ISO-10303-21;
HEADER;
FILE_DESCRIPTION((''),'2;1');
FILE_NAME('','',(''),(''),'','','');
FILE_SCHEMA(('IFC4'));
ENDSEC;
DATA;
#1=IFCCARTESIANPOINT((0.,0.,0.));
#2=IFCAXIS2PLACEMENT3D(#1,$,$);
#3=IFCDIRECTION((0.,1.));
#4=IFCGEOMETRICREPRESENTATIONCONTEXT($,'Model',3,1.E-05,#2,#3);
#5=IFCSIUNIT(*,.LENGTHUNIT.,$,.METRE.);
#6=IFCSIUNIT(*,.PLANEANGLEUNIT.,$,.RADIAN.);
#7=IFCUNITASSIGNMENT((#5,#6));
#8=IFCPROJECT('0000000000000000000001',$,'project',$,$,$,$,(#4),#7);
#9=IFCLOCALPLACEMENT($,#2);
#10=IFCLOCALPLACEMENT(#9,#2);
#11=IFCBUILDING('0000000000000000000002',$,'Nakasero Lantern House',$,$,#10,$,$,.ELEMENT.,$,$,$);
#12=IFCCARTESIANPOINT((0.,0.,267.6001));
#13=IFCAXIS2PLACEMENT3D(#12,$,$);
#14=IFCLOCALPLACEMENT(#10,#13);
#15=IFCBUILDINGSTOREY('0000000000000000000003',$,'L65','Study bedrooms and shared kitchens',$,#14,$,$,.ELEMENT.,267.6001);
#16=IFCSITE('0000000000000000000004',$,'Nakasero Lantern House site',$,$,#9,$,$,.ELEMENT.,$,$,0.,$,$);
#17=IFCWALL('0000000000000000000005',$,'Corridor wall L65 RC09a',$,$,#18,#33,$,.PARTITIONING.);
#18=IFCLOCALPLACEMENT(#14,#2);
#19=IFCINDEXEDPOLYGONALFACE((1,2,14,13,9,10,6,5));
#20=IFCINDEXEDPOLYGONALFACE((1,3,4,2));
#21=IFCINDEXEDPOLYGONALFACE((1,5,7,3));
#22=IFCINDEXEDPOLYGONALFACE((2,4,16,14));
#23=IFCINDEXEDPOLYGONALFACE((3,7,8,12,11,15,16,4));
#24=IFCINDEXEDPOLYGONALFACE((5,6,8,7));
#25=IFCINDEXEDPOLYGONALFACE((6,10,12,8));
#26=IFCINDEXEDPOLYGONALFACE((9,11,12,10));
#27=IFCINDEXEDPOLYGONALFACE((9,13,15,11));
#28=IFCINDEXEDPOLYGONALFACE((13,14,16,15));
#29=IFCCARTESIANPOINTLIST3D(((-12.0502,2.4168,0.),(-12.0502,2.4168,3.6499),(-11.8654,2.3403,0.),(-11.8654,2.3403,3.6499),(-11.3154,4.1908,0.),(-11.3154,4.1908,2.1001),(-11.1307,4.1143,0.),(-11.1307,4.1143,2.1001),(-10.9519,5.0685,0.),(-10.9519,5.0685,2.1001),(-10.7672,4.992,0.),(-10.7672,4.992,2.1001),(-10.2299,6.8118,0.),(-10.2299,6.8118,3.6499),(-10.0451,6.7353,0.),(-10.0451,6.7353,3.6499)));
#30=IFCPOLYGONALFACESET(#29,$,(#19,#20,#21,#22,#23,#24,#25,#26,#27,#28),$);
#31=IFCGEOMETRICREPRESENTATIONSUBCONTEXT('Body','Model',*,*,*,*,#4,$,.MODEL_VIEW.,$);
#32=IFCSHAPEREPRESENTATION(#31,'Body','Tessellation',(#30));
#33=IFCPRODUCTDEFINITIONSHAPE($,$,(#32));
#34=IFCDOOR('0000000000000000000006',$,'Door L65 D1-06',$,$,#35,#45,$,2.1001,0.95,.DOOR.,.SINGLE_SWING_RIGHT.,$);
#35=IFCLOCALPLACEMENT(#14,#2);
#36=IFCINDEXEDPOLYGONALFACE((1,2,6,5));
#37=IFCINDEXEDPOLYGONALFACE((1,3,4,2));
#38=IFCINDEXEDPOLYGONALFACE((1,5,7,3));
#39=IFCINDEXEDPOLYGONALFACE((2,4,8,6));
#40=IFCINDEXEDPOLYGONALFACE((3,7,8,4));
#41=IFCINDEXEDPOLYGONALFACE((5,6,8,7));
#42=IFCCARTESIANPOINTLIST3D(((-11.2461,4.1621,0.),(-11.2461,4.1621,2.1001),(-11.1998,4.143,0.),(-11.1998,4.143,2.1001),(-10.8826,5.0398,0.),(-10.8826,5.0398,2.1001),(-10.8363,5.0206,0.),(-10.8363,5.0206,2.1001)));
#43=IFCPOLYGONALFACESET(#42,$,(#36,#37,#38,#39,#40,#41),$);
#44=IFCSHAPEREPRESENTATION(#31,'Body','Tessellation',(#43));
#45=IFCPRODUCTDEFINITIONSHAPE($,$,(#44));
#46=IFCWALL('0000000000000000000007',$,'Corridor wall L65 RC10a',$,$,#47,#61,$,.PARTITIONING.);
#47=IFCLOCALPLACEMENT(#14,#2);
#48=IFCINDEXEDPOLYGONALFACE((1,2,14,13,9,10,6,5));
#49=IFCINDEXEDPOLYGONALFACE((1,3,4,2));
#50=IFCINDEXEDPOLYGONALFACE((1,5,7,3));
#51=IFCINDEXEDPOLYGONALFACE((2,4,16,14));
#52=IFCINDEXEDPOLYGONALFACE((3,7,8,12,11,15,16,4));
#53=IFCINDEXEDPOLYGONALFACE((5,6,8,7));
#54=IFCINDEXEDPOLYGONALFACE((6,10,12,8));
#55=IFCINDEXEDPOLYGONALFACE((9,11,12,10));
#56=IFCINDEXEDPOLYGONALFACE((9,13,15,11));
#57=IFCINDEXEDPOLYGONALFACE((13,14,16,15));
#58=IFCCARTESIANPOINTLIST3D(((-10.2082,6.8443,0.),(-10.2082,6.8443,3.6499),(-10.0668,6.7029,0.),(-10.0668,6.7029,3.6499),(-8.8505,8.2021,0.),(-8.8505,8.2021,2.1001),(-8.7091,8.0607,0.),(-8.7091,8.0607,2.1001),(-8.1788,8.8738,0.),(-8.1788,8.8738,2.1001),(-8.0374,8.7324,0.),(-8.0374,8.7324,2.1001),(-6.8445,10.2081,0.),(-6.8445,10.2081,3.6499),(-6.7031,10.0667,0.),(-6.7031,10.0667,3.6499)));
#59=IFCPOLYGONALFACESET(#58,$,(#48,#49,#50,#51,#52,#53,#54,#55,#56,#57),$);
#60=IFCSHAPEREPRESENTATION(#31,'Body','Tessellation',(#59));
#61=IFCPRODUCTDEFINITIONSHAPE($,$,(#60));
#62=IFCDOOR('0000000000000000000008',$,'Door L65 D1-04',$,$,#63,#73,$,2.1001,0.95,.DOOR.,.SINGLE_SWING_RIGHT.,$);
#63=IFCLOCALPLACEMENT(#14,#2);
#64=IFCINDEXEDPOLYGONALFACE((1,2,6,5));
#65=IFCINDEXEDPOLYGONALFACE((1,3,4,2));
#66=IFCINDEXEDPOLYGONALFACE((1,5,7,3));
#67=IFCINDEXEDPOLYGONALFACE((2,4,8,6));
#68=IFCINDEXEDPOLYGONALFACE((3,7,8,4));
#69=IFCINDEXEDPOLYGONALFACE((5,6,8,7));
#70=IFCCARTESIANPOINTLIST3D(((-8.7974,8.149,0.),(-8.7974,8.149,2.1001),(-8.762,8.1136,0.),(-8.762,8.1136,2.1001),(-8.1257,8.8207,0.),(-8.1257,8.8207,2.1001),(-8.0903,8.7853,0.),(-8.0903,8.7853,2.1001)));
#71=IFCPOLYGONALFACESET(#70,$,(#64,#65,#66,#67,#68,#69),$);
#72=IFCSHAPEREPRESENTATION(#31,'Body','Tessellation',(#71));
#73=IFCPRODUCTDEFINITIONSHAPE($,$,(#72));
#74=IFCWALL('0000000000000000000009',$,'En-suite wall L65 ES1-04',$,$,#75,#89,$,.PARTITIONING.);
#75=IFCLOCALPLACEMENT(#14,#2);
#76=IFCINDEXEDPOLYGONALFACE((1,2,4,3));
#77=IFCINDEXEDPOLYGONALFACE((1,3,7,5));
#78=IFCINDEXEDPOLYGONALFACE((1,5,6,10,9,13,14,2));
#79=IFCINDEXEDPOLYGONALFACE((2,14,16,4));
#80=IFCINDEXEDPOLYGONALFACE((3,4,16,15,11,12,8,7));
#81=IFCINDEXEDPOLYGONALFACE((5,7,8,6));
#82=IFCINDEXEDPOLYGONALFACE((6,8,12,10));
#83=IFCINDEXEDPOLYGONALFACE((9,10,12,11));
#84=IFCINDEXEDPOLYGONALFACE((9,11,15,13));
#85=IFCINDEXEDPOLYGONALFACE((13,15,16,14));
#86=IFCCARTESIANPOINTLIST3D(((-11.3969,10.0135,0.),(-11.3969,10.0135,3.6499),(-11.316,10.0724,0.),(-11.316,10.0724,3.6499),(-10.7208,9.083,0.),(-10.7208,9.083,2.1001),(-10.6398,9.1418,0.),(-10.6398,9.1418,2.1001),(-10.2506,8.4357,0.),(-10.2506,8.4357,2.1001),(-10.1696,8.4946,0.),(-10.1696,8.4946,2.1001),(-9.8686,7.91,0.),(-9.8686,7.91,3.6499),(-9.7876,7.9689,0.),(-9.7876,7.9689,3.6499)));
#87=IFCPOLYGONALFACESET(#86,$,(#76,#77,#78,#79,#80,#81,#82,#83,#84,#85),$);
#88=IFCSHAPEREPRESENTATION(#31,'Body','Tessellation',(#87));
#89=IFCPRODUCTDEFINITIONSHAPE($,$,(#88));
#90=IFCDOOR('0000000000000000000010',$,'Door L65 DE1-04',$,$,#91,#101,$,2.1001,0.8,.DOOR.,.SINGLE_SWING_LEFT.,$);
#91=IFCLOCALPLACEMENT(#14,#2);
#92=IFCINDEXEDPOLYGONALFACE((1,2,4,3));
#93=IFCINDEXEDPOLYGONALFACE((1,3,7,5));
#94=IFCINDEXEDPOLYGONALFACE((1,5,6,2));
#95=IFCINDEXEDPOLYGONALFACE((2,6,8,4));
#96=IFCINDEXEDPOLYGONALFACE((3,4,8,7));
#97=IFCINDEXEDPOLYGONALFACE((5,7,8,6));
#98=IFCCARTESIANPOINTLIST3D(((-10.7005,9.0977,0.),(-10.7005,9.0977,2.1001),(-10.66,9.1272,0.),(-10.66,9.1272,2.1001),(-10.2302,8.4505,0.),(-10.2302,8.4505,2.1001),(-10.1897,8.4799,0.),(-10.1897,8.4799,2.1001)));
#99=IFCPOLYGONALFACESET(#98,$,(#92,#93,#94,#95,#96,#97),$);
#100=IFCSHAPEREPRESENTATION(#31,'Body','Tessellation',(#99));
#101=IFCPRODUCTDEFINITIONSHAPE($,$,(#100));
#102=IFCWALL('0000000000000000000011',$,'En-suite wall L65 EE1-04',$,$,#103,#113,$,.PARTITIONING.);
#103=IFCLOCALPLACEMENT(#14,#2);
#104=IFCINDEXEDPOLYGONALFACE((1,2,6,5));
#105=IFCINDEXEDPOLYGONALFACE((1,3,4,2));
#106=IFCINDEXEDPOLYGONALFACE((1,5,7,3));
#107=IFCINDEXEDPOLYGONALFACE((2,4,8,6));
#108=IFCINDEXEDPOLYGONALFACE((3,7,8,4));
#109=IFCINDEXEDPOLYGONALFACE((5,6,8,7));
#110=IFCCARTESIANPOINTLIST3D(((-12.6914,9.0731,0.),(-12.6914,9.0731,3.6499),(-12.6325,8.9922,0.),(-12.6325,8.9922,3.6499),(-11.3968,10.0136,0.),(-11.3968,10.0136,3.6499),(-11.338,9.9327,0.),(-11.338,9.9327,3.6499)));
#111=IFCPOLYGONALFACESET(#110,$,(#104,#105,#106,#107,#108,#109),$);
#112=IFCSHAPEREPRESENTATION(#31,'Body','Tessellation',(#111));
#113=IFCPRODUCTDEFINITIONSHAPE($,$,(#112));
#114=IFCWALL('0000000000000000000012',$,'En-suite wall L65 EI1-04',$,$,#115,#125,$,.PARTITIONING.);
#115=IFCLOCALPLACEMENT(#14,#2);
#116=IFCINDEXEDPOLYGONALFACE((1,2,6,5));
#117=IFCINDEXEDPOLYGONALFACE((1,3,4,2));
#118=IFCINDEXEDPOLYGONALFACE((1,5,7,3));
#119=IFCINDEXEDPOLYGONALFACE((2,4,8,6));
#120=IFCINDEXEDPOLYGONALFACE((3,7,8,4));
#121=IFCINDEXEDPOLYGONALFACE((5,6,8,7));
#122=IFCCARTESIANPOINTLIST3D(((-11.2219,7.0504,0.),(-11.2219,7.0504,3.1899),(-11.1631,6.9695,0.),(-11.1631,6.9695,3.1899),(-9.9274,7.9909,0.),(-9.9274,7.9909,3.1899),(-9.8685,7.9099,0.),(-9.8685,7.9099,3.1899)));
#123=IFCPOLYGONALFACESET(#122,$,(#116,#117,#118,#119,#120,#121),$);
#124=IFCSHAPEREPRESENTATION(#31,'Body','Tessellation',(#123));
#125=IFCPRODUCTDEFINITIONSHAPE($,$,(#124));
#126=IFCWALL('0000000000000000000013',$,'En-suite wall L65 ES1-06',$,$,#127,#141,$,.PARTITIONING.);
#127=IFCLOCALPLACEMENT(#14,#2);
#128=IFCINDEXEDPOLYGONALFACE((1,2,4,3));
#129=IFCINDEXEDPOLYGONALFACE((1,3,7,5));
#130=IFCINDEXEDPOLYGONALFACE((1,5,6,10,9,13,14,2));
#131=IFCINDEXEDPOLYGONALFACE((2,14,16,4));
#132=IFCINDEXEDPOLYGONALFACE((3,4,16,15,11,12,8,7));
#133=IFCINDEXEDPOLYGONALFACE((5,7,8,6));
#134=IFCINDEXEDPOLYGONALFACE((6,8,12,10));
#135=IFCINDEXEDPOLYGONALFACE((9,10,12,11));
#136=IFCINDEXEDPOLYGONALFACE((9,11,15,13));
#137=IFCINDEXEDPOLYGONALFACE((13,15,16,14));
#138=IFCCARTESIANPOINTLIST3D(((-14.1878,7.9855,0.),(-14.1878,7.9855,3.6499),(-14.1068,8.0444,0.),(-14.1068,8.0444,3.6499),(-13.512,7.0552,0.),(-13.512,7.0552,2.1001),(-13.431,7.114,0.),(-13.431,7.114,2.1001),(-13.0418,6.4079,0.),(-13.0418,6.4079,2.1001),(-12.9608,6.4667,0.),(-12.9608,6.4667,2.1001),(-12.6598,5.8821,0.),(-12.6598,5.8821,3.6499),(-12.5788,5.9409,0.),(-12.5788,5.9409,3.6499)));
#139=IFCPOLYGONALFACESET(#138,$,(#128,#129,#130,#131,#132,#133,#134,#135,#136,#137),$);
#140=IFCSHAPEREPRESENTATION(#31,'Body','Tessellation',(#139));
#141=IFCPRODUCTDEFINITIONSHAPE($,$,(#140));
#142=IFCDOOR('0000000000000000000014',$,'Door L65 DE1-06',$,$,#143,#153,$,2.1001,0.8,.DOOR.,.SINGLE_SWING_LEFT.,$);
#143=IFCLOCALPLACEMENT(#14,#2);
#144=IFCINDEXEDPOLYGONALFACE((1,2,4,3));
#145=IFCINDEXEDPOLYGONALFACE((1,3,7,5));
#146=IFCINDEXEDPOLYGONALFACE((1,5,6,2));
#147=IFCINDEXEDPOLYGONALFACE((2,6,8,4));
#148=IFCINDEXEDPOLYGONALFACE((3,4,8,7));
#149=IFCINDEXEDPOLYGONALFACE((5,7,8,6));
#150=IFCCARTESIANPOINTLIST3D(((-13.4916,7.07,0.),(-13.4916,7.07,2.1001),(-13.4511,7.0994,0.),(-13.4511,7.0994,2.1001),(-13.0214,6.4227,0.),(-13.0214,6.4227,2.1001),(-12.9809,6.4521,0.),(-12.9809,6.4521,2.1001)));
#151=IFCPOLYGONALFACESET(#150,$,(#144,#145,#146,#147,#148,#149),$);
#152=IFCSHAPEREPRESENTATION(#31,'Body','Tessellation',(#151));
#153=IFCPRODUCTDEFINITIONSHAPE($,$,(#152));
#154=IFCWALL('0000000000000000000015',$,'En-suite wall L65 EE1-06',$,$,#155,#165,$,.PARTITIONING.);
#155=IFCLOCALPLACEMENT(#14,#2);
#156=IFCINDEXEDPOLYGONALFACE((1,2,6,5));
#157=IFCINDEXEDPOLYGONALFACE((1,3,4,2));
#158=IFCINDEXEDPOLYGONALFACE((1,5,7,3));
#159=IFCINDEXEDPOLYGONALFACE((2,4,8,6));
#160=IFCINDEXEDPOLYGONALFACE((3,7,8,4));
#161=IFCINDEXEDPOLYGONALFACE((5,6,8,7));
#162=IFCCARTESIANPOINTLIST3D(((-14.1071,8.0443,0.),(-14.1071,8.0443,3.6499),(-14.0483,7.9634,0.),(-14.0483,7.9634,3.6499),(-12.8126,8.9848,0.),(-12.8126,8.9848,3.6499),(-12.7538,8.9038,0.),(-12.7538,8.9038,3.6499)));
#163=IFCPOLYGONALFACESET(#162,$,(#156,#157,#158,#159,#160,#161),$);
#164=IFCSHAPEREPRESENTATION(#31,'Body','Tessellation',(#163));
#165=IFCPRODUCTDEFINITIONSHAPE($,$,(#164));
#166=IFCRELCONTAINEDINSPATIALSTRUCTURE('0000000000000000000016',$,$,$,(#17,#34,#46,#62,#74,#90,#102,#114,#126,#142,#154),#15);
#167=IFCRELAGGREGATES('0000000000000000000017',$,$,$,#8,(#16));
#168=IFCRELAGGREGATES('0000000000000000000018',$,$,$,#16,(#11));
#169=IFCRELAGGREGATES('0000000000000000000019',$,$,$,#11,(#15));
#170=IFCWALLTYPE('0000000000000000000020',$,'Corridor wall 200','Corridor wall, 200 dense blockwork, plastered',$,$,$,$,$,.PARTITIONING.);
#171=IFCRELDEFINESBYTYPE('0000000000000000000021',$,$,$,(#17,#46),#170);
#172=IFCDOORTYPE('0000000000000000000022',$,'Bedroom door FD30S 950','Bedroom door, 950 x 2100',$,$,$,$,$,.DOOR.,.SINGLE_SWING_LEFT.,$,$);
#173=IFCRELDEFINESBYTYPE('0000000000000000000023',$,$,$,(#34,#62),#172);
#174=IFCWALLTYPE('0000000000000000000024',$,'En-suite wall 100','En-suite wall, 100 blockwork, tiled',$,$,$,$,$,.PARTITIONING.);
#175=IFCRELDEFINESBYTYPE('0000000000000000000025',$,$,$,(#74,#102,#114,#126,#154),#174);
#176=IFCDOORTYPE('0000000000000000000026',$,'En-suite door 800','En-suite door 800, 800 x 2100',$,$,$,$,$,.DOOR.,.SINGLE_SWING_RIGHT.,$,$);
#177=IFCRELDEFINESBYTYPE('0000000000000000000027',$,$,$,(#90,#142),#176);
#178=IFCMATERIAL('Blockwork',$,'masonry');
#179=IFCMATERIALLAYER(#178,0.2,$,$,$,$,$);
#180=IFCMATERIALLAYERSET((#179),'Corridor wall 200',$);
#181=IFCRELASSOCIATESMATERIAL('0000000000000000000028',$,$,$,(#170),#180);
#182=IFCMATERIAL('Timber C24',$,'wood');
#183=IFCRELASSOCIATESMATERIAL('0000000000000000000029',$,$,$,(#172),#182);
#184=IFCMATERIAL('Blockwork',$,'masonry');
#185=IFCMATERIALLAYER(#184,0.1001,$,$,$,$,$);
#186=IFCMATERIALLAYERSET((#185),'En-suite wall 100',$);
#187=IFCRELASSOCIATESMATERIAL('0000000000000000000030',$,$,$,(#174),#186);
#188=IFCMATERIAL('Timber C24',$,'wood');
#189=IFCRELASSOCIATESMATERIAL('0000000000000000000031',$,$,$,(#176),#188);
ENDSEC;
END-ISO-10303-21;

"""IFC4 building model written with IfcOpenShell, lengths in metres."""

from ifc_helpers import new_model, si_unit, direction, frame, frame_2d, origin, place, context, subcontext, project, spatial, rectangle, extrude, material, layer, layer_set, type_object, element, fill, save


model = new_model("IFC4")

# Units and contexts
model_context = context("Model", 3, precision=1e-05, world=origin(), true_north=direction((0.0, 1.0)))
body_context = subcontext(model_context, "Body", "Model", "MODEL_VIEW")
ifc_project = project(units=[si_unit("LENGTHUNIT", "METRE"), si_unit("PLANEANGLEUNIT", "RADIAN")], contexts=[model_context])

# Site, building, storey
site_placement = place(None, origin())
site = spatial("IfcSite", under=ifc_project, at=site_placement, Name="Nakasero Lantern House site", CompositionType="ELEMENT", RefElevation=0.0)
building_placement = place(site_placement, origin())
building = spatial("IfcBuilding", under=site, at=building_placement, Name="Nakasero Lantern House", CompositionType="ELEMENT")
storey_placement = place(building_placement, frame((0.0, 0.0, 267.6001)))
storey = spatial("IfcBuildingStorey", under=building, at=storey_placement, Name="L65", Description="Study bedrooms and shared kitchens", CompositionType="ELEMENT", Elevation=267.6001)

# Walls, openings, doors
ifc_material_1 = material(Name="Blockwork", Category="masonry")
ifc_layer_1 = layer(ifc_material_1, 0.2)
ifc_layer_set_1 = layer_set([ifc_layer_1], Name="Corridor wall 200")
wall_type_1 = type_object("IfcWallType", Name="Corridor wall 200", Description="Corridor wall, 200 dense blockwork, plastered", PredefinedType="PARTITIONING", material=ifc_layer_set_1)
wall_1_placement = place(storey_placement, frame((-11.9578, 2.3787, 0.0), z_axis=(0.0, 0.0, 1.0), x_axis=(0.382654, 0.923892, 0.0)))
wall_1 = element("IfcWall", 1, at=wall_1_placement, inside=storey, type_object=wall_type_1, Name="Corridor wall L65 RC09a", PredefinedType="PARTITIONING", context=body_context, shape_type="SweptSolid", body=[
    extrude(rectangle(XDim=4.7571, YDim=0.2, at=frame_2d((2.3784, 0.0))), origin(), (0.0, 0.0, 1.0), 3.6499),
])
opening_1_placement = place(wall_1_placement, frame((1.9199, 0.0, 0.0)))
opening_1 = element("IfcOpeningElement", 2, at=opening_1_placement, cuts=wall_1, PredefinedType="OPENING", context=body_context, shape_type="SweptSolid", body=[
    extrude(rectangle(XDim=0.95, YDim=2.1001, at=frame_2d((0.4751, 1.05))), frame((0.0, 0.1199, 0.0), z_axis=(0.0, -1.0, 0.0), x_axis=(1.0, 0.0, 0.0)), (0.0, 0.0, 1.0), 0.24),
])
ifc_material_2 = material(Name="Timber C24", Category="wood")
door_type_1 = type_object("IfcDoorType", Name="Bedroom door FD30S 950", Description="Bedroom door, 950 x 2100", OperationType="SINGLE_SWING_LEFT", PredefinedType="DOOR", material=ifc_material_2)
door_1_placement = place(opening_1_placement, origin())
door_1 = element("IfcDoor", 3, at=door_1_placement, inside=storey, type_object=door_type_1, Name="Door L65 D1-06", OperationType="SINGLE_SWING_RIGHT", OverallHeight=2.1001, OverallWidth=0.95, PredefinedType="DOOR", context=body_context, shape_type="SweptSolid", body=[
    extrude(rectangle(XDim=0.95, YDim=2.1001, at=frame_2d((0.4751, 1.05))), frame((0.0, 0.0249, 0.0), z_axis=(0.0, -1.0, 0.0), x_axis=(1.0, 0.0, 0.0)), (0.0, 0.0, 1.0), 0.05),
])
fill(opening_1, door_1)
wall_2_placement = place(storey_placement, frame((-10.1375, 6.7737, 0.0), z_axis=(0.0, 0.0, 1.0), x_axis=(0.707107, 0.707107, 0.0)))
wall_2 = element("IfcWall", 4, at=wall_2_placement, inside=storey, type_object=wall_type_1, Name="Corridor wall L65 RC10a", PredefinedType="PARTITIONING", context=body_context, shape_type="SweptSolid", body=[
    extrude(rectangle(XDim=4.7571, YDim=0.2, at=frame_2d((2.3784, 0.0))), origin(), (0.0, 0.0, 1.0), 3.6499),
])
opening_2_placement = place(wall_2_placement, frame((1.9199, 0.0, 0.0)))
opening_2 = element("IfcOpeningElement", 5, at=opening_2_placement, cuts=wall_2, PredefinedType="OPENING", context=body_context, shape_type="SweptSolid", body=[
    extrude(rectangle(XDim=0.95, YDim=2.1001, at=frame_2d((0.4751, 1.05))), frame((0.0, 0.1199, 0.0), z_axis=(0.0, -1.0, 0.0), x_axis=(1.0, 0.0, 0.0)), (0.0, 0.0, 1.0), 0.24),
])
door_2_placement = place(opening_2_placement, origin())
door_2 = element("IfcDoor", 6, at=door_2_placement, inside=storey, type_object=door_type_1, Name="Door L65 D1-04", OperationType="SINGLE_SWING_RIGHT", OverallHeight=2.1001, OverallWidth=0.95, PredefinedType="DOOR", context=body_context, shape_type="SweptSolid", body=[
    extrude(rectangle(XDim=0.95, YDim=2.1001, at=frame_2d((0.4751, 1.05))), frame((0.0, 0.0249, 0.0), z_axis=(0.0, -1.0, 0.0), x_axis=(1.0, 0.0, 0.0)), (0.0, 0.0, 1.0), 0.05),
])
fill(opening_2, door_2)
ifc_material_3 = material(Name="Blockwork", Category="masonry")
ifc_layer_2 = layer(ifc_material_3, 0.1001)
ifc_layer_set_2 = layer_set([ifc_layer_2], Name="En-suite wall 100")
wall_type_2 = type_object("IfcWallType", Name="En-suite wall 100", Description="En-suite wall, 100 blockwork, tiled", PredefinedType="PARTITIONING", material=ifc_layer_set_2)
wall_3_placement = place(storey_placement, frame((-9.8281, 7.9395, 0.0), z_axis=(0.0, 0.0, 1.0), x_axis=(-0.587792, 0.809012, 0.0)))
wall_3 = element("IfcWall", 7, at=wall_3_placement, inside=storey, type_object=wall_type_2, Name="En-suite wall L65 ES1-04", PredefinedType="PARTITIONING", context=body_context, shape_type="SweptSolid", body=[
    extrude(rectangle(XDim=2.6001, YDim=0.1001, at=frame_2d((1.3, 0.0))), origin(), (0.0, 0.0, 1.0), 3.6499),
])
opening_3_placement = place(wall_3_placement, frame((0.6499, 0.0, 0.0)))
opening_3 = element("IfcOpeningElement", 8, at=opening_3_placement, cuts=wall_3, PredefinedType="OPENING", context=body_context, shape_type="SweptSolid", body=[
    extrude(rectangle(XDim=0.8, YDim=2.1001, at=frame_2d((0.3999, 1.05))), frame((0.0, 0.0701, 0.0), z_axis=(0.0, -1.0, 0.0), x_axis=(1.0, 0.0, 0.0)), (0.0, 0.0, 1.0), 0.1401),
])
ifc_material_4 = material(Name="Timber C24", Category="wood")
door_type_2 = type_object("IfcDoorType", Name="En-suite door 800", Description="En-suite door 800, 800 x 2100", OperationType="SINGLE_SWING_RIGHT", PredefinedType="DOOR", material=ifc_material_4)
door_3_placement = place(opening_3_placement, origin())
door_3 = element("IfcDoor", 9, at=door_3_placement, inside=storey, type_object=door_type_2, Name="Door L65 DE1-04", OperationType="SINGLE_SWING_LEFT", OverallHeight=2.1001, OverallWidth=0.8, PredefinedType="DOOR", context=body_context, shape_type="SweptSolid", body=[
    extrude(rectangle(XDim=0.8, YDim=2.1001, at=frame_2d((0.3999, 1.05))), frame((0.0, 0.0249, 0.0), z_axis=(0.0, -1.0, 0.0), x_axis=(1.0, 0.0, 0.0)), (0.0, 0.0, 1.0), 0.05),
])
fill(opening_3, door_3)

# Walls
wall_4_placement = place(storey_placement, frame((-11.3674, 9.9731, 0.0), z_axis=(0.0, 0.0, 1.0), x_axis=(-0.809026, -0.587772, 0.0)))
element("IfcWall", 10, at=wall_4_placement, inside=storey, type_object=wall_type_2, Name="En-suite wall L65 EE1-04", PredefinedType="PARTITIONING", context=body_context, shape_type="SweptSolid", body=[
    extrude(rectangle(XDim=1.6001, YDim=0.1001, at=frame_2d((0.8, 0.0))), origin(), (0.0, 0.0, 1.0), 3.6499),
])
wall_5_placement = place(storey_placement, frame((-9.8979, 7.9504, 0.0), z_axis=(0.0, 0.0, 1.0), x_axis=(-0.809026, -0.587772, 0.0)))
element("IfcWall", 11, at=wall_5_placement, inside=storey, type_object=wall_type_2, Name="En-suite wall L65 EI1-04", PredefinedType="PARTITIONING", context=body_context, shape_type="SweptSolid", body=[
    extrude(rectangle(XDim=1.6001, YDim=0.1001, at=frame_2d((0.8, 0.0))), origin(), (0.0, 0.0, 1.0), 3.1899),
])

# Wall, opening, door
wall_6_placement = place(storey_placement, frame((-12.6194, 5.9116, 0.0), z_axis=(0.0, 0.0, 1.0), x_axis=(-0.587731, 0.809057, 0.0)))
wall_6 = element("IfcWall", 12, at=wall_6_placement, inside=storey, type_object=wall_type_2, Name="En-suite wall L65 ES1-06", PredefinedType="PARTITIONING", context=body_context, shape_type="SweptSolid", body=[
    extrude(rectangle(XDim=2.5999, YDim=0.1001, at=frame_2d((1.2998, 0.0))), origin(), (0.0, 0.0, 1.0), 3.6499),
])
opening_4_placement = place(wall_6_placement, frame((0.6499, 0.0, 0.0)))
opening_4 = element("IfcOpeningElement", 13, at=opening_4_placement, cuts=wall_6, PredefinedType="OPENING", context=body_context, shape_type="SweptSolid", body=[
    extrude(rectangle(XDim=0.8, YDim=2.1001, at=frame_2d((0.3999, 1.05))), frame((0.0, 0.0701, 0.0), z_axis=(0.0, -1.0, 0.0), x_axis=(1.0, 0.0, 0.0)), (0.0, 0.0, 1.0), 0.1401),
])
door_4_placement = place(opening_4_placement, origin())
door_4 = element("IfcDoor", 14, at=door_4_placement, inside=storey, type_object=door_type_2, Name="Door L65 DE1-06", OperationType="SINGLE_SWING_LEFT", OverallHeight=2.1001, OverallWidth=0.8, PredefinedType="DOOR", context=body_context, shape_type="SweptSolid", body=[
    extrude(rectangle(XDim=0.8, YDim=2.1001, at=frame_2d((0.3999, 1.05))), frame((0.0, 0.0249, 0.0), z_axis=(0.0, -1.0, 0.0), x_axis=(1.0, 0.0, 0.0)), (0.0, 0.0, 1.0), 0.05),
])
fill(opening_4, door_4)

# Wall
wall_7_placement = place(storey_placement, frame((-12.7832, 8.9443, 0.0), z_axis=(0.0, 0.0, 1.0), x_axis=(-0.809026, -0.587772, 0.0)))
element("IfcWall", 15, at=wall_7_placement, inside=storey, type_object=wall_type_2, Name="En-suite wall L65 EE1-06", PredefinedType="PARTITIONING", context=body_context, shape_type="SweptSolid", body=[
    extrude(rectangle(XDim=1.6001, YDim=0.1001, at=frame_2d((0.8, 0.0))), origin(), (0.0, 0.0, 1.0), 3.6499),
])

save(model, "model.ifc")
